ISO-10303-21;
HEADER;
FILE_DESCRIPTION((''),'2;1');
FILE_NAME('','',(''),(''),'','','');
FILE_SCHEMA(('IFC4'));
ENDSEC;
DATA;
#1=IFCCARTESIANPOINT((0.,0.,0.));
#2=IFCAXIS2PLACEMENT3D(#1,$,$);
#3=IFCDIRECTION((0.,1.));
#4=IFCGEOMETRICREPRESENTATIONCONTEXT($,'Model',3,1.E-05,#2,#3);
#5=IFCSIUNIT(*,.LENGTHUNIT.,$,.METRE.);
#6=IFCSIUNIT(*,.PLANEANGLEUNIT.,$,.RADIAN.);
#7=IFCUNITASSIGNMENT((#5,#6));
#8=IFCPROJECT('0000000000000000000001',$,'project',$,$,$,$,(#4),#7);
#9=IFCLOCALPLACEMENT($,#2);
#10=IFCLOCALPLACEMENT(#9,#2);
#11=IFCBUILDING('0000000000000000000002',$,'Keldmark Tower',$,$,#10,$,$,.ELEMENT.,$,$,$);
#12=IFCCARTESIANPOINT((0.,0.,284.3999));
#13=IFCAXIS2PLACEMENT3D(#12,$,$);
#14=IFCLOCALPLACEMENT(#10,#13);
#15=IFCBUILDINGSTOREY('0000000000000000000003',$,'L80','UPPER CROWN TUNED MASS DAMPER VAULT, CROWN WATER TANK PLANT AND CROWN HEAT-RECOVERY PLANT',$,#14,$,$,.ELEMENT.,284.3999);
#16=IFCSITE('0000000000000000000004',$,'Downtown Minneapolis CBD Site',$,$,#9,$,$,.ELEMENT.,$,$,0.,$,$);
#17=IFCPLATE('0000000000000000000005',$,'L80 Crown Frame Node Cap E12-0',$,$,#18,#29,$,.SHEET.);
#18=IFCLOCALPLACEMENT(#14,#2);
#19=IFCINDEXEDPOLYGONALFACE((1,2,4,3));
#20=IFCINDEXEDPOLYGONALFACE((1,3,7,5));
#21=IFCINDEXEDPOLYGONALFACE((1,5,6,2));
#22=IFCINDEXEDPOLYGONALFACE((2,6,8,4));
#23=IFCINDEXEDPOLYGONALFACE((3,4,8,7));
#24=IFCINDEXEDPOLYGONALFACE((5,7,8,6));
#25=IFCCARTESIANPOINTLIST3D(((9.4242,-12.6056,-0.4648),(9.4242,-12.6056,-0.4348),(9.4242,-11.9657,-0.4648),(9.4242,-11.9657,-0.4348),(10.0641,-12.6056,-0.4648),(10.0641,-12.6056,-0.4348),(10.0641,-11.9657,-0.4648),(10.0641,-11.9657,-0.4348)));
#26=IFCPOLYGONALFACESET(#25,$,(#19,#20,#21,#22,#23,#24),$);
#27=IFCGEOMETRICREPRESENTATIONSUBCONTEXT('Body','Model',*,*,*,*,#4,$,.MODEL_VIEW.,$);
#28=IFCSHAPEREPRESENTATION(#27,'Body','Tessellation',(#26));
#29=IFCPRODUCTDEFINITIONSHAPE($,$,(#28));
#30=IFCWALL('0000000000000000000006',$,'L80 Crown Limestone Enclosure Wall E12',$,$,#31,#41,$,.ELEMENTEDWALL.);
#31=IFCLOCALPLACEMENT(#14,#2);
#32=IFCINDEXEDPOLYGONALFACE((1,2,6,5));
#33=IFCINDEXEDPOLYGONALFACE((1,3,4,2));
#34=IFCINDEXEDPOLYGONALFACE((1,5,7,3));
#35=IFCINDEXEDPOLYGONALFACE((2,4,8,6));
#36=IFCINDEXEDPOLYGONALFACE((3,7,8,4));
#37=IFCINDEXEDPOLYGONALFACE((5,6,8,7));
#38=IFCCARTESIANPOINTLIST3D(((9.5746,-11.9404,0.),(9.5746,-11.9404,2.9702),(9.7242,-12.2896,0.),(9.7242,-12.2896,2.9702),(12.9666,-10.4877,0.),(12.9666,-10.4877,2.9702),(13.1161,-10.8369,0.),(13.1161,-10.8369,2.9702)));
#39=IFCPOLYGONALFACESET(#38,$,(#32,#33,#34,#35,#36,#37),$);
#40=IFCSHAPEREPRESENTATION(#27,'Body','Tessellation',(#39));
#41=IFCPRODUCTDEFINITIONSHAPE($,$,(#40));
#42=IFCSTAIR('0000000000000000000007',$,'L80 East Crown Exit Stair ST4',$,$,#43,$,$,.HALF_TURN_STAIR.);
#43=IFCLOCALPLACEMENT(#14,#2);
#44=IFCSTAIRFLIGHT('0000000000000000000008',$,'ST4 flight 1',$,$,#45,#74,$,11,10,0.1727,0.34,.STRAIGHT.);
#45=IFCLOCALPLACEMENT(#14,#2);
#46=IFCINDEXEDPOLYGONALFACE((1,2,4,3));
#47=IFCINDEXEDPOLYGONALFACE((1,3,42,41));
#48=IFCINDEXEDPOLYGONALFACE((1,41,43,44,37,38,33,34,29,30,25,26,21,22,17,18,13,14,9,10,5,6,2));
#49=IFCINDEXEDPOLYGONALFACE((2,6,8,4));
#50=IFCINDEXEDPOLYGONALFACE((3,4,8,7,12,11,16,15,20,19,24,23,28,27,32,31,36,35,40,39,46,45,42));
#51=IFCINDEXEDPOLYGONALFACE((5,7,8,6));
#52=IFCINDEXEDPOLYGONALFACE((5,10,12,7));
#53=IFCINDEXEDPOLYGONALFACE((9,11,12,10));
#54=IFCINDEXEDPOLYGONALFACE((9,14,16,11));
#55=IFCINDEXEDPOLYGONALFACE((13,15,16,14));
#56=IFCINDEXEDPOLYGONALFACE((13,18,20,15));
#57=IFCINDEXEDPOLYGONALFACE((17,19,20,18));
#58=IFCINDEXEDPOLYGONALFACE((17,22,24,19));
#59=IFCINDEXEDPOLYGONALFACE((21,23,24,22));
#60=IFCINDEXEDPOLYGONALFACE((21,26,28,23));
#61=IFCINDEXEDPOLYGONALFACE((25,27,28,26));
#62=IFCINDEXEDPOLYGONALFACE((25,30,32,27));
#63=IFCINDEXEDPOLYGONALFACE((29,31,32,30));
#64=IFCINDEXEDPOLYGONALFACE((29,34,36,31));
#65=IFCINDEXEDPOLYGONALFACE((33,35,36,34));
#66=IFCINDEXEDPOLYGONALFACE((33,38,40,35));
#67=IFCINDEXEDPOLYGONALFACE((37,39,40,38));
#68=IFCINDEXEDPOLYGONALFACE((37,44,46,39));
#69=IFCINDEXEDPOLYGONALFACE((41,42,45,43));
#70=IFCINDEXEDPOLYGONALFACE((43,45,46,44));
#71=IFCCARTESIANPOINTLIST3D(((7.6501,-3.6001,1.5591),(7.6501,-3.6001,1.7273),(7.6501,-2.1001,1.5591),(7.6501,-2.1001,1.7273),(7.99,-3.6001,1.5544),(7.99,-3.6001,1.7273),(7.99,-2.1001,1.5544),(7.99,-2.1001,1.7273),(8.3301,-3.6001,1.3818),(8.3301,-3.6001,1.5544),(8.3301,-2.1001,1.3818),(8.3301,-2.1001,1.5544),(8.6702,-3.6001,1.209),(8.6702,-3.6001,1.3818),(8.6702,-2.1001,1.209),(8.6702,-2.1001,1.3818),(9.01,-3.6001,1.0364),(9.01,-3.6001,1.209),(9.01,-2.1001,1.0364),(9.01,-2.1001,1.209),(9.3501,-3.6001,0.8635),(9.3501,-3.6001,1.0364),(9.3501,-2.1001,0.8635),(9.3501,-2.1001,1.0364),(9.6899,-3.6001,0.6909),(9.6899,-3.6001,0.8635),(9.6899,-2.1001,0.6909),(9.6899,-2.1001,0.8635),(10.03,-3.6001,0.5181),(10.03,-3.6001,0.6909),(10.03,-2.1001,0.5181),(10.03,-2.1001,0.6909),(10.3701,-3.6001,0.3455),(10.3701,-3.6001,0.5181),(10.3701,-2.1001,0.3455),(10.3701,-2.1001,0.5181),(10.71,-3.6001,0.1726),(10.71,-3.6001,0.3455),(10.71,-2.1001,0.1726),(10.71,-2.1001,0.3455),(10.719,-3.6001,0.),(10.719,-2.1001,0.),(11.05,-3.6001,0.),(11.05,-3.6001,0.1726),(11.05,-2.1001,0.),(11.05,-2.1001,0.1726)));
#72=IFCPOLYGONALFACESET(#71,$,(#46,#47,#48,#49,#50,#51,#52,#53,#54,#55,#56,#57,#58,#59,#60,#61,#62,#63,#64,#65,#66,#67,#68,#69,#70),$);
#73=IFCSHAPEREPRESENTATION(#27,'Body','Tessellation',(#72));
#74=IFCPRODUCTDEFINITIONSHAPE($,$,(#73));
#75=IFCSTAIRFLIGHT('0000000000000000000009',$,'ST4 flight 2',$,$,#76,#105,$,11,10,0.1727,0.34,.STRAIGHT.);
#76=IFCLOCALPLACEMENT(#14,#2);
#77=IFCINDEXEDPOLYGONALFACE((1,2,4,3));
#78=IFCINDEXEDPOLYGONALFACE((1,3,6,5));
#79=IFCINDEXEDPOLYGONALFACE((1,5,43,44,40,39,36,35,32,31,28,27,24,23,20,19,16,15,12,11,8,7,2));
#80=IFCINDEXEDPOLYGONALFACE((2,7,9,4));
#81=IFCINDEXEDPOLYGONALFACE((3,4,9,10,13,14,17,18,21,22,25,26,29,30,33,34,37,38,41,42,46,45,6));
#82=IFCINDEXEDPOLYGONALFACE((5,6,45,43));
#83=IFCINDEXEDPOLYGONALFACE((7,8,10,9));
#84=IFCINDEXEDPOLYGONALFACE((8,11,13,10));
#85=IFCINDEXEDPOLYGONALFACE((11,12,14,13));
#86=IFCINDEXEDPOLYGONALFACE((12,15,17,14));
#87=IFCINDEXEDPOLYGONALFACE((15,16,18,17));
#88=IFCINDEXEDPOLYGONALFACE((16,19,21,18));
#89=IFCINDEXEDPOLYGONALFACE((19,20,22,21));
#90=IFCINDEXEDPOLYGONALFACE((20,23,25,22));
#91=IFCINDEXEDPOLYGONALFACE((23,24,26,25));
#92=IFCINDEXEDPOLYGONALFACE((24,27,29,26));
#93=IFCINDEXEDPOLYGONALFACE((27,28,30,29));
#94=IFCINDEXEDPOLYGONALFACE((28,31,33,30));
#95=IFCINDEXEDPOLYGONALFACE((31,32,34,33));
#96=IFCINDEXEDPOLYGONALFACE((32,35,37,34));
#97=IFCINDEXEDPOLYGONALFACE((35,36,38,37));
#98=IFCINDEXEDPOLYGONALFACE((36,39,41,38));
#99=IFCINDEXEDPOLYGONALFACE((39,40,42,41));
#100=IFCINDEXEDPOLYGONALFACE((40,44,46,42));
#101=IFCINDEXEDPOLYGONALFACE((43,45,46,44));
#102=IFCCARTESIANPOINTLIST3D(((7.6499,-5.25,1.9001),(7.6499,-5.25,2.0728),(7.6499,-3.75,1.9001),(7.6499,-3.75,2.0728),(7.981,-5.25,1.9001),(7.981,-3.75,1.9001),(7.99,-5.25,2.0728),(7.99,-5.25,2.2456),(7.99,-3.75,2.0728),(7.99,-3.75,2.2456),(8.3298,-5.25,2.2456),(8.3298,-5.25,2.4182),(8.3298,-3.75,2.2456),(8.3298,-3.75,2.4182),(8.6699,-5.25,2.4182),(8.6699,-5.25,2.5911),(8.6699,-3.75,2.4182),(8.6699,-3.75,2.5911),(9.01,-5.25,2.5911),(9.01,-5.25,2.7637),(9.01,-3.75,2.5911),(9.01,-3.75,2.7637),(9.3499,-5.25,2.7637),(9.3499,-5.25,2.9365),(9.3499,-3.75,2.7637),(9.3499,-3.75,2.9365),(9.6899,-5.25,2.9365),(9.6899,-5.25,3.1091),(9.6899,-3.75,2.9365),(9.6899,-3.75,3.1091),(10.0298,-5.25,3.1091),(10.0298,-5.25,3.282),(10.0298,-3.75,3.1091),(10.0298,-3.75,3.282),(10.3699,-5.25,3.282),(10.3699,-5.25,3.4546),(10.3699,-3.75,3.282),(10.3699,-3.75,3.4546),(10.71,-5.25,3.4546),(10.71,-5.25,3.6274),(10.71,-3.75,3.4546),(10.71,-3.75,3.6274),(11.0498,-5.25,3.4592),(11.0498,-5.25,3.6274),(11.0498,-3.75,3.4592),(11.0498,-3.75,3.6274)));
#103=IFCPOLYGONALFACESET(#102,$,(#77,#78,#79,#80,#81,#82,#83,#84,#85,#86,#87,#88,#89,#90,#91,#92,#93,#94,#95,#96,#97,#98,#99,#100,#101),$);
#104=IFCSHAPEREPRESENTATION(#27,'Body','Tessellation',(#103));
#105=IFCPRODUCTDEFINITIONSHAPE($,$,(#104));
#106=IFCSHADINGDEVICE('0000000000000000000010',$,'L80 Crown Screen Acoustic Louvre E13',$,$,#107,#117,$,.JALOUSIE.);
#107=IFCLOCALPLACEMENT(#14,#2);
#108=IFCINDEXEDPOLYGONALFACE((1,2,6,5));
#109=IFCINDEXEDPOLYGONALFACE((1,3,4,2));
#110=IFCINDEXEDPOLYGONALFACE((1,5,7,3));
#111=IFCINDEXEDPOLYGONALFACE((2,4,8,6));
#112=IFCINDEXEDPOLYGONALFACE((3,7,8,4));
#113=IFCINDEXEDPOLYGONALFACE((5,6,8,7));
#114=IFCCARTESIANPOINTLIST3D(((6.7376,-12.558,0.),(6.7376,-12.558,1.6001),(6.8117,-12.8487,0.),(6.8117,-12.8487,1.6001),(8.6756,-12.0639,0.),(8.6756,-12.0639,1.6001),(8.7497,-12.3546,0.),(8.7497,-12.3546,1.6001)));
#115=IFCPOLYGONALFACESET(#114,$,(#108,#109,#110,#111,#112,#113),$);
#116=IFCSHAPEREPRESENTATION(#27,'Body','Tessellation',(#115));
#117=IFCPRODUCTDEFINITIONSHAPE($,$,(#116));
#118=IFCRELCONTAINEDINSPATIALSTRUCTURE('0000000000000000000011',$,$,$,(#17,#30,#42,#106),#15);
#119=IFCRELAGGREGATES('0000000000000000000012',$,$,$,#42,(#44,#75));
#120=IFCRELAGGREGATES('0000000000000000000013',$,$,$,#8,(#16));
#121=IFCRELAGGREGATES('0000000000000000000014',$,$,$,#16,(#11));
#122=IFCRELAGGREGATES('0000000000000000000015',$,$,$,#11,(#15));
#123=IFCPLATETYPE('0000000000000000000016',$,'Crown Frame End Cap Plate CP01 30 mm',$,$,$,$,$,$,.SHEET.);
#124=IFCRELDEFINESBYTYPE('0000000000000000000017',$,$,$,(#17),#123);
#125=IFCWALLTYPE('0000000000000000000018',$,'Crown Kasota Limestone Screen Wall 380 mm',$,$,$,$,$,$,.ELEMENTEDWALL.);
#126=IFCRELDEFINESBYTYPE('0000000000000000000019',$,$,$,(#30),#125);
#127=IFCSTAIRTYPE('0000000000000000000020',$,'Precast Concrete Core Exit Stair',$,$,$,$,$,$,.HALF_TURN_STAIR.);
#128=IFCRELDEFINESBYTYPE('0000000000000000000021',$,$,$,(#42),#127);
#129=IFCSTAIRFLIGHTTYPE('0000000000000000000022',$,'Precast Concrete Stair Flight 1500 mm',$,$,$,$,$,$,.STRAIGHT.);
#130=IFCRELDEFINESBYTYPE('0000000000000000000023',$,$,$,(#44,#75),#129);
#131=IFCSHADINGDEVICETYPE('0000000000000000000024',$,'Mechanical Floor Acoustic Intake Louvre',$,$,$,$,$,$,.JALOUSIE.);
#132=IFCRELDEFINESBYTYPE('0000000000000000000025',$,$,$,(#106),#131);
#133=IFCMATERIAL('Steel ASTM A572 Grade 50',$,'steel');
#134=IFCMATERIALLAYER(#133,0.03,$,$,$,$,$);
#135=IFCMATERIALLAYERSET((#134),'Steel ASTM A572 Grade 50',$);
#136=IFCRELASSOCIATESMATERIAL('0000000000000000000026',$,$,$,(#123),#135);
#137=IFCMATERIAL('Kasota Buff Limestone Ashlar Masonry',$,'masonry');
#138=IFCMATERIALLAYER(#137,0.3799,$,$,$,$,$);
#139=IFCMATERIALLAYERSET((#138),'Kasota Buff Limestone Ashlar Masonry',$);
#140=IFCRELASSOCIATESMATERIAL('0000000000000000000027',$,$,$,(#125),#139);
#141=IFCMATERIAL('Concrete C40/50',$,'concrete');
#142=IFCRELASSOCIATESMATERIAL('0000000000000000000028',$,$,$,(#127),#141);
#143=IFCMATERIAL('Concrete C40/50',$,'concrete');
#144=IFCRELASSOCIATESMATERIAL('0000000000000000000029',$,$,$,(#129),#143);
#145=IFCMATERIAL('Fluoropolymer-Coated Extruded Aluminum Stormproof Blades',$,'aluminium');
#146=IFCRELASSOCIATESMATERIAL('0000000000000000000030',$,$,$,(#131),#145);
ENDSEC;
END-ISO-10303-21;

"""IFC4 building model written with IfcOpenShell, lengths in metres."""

from ifc_helpers import new_model, si_unit, direction, frame, frame_2d, origin, origin_2d, place, context, subcontext, project, spatial, polyline, rectangle, outline, extrude, material, layer, layer_set, type_object, element, aggregate, save


model = new_model("IFC4")

# Units and contexts
model_context = context("Model", 3, precision=1e-05, world=origin(), true_north=direction((0.0, 1.0)))
body_context = subcontext(model_context, "Body", "Model", "MODEL_VIEW")
ifc_project = project(units=[si_unit("LENGTHUNIT", "METRE"), si_unit("PLANEANGLEUNIT", "RADIAN")], contexts=[model_context])

# Site, building, storey
site_placement = place(None, origin())
site = spatial("IfcSite", under=ifc_project, at=site_placement, Name="Downtown Minneapolis CBD Site", CompositionType="ELEMENT", RefElevation=0.0)
building_placement = place(site_placement, origin())
building = spatial("IfcBuilding", under=site, at=building_placement, Name="Keldmark Tower", CompositionType="ELEMENT")
storey_placement = place(building_placement, frame((0.0, 0.0, 284.3999)))
storey = spatial("IfcBuildingStorey", under=building, at=storey_placement, Name="L80", Description="UPPER CROWN TUNED MASS DAMPER VAULT, CROWN WATER TANK PLANT AND CROWN HEAT-RECOVERY PLANT", CompositionType="ELEMENT", Elevation=284.3999)

# Plate
ifc_material_1 = material(Name="Steel ASTM A572 Grade 50", Category="steel")
ifc_layer_1 = layer(ifc_material_1, 0.03)
ifc_layer_set_1 = layer_set([ifc_layer_1], Name="Steel ASTM A572 Grade 50")
plate_type_1 = type_object("IfcPlateType", Name="Crown Frame End Cap Plate CP01 30 mm", PredefinedType="SHEET", material=ifc_layer_set_1)
plate_1_placement = place(storey_placement, frame((9.7441, -12.2856, -0.4648), z_axis=(0.0, 0.0, 1.0), x_axis=(1.0, 0.0, 0.0)))
element("IfcPlate", 1, at=plate_1_placement, inside=storey, type_object=plate_type_1, Name="L80 Crown Frame Node Cap E12-0", PredefinedType="SHEET", context=body_context, shape_type="SweptSolid", body=[
    extrude(rectangle(XDim=0.6399, YDim=0.6399, at=origin_2d()), origin(), (0.0, 0.0, 1.0), 0.03),
])

# Wall
ifc_material_2 = material(Name="Kasota Buff Limestone Ashlar Masonry", Category="masonry")
ifc_layer_2 = layer(ifc_material_2, 0.3799)
ifc_layer_set_2 = layer_set([ifc_layer_2], Name="Kasota Buff Limestone Ashlar Masonry")
wall_type = type_object("IfcWallType", Name="Crown Kasota Limestone Screen Wall 380 mm", PredefinedType="ELEMENTEDWALL", material=ifc_layer_set_2)
wall_placement = place(storey_placement, frame((9.6494, -12.115, 0.0), z_axis=(0.0, 0.0, 1.0), x_axis=(0.919244, 0.393688, 0.0)))
element("IfcWall", 2, at=wall_placement, inside=storey, type_object=wall_type, Name="L80 Crown Limestone Enclosure Wall E12", PredefinedType="ELEMENTEDWALL", context=body_context, shape_type="SweptSolid", body=[
    extrude(rectangle(XDim=3.6899, YDim=0.3799, at=frame_2d((1.845, 0.0))), origin(), (0.0, 0.0, 1.0), 2.9702),
])

# Stair, stair flights
ifc_material_3 = material(Name="Concrete C40/50", Category="concrete")
stair_type = type_object("IfcStairType", Name="Precast Concrete Core Exit Stair", PredefinedType="HALF_TURN_STAIR", material=ifc_material_3)
stair_placement = place(storey_placement, origin())
stair = element("IfcStair", 3, at=stair_placement, inside=storey, type_object=stair_type, Name="L80 East Crown Exit Stair ST4", PredefinedType="HALF_TURN_STAIR")
ifc_material_4 = material(Name="Concrete C40/50", Category="concrete")
stair_flight_type = type_object("IfcStairFlightType", Name="Precast Concrete Stair Flight 1500 mm", PredefinedType="STRAIGHT", material=ifc_material_4)
stair_flight_1_placement = place(storey_placement, frame((11.05, -2.8501, 0.0), z_axis=(0.0, 0.0, 1.0), x_axis=(-1.0, 0.0, 0.0)))
stair_flight_1 = element("IfcStairFlight", 4, at=stair_flight_1_placement, type_object=stair_flight_type, Name="ST4 flight 1", NumberOfRisers=11, NumberOfTreads=10, PredefinedType="STRAIGHT", RiserHeight=0.1727, TreadLength=0.34, context=body_context, shape_type="SweptSolid", body=[
    extrude(outline(polyline([(0.0, 0.0), (0.0, 0.1726), (0.3401, 0.1726), (0.3401, 0.3455), (0.6799, 0.3455), (0.6799, 0.5181), (1.02, 0.5181), (1.02, 0.6909), (1.3601, 0.6909), (1.3601, 0.8635), (1.7, 0.8635), (1.7, 1.0364), (2.04, 1.0364), (2.04, 1.209), (2.3799, 1.209), (2.3799, 1.3818), (2.72, 1.3818), (2.72, 1.5544), (3.0601, 1.5544), (3.0601, 1.7273), (3.3999, 1.7273), (3.3999, 1.8999), (3.3999, 1.5591), (0.3311, 0.0), (0.0, 0.0)])), frame((0.0, 0.75, 0.0), z_axis=(0.0, -1.0, 0.0), x_axis=(1.0, 0.0, 0.0)), (0.0, 0.0, 1.0), 1.5),
])
stair_flight_2_placement = place(storey_placement, frame((7.6499, -4.5, 1.9001), z_axis=(0.0, 0.0, 1.0), x_axis=(1.0, 0.0, 0.0)))
stair_flight_2 = element("IfcStairFlight", 5, at=stair_flight_2_placement, type_object=stair_flight_type, Name="ST4 flight 2", NumberOfRisers=11, NumberOfTreads=10, PredefinedType="STRAIGHT", RiserHeight=0.1727, TreadLength=0.34, context=body_context, shape_type="SweptSolid", body=[
    extrude(outline(polyline([(0.0, 0.0), (0.0, 0.1726), (0.3401, 0.1726), (0.3401, 0.3455), (0.6799, 0.3455), (0.6799, 0.5181), (1.02, 0.5181), (1.02, 0.6909), (1.3601, 0.6909), (1.3601, 0.8635), (1.7, 0.8635), (1.7, 1.0364), (2.04, 1.0364), (2.04, 1.209), (2.3799, 1.209), (2.3799, 1.3818), (2.72, 1.3818), (2.72, 1.5544), (3.0601, 1.5544), (3.0601, 1.7273), (3.3999, 1.7273), (3.3999, 1.8999), (3.3999, 1.5591), (0.3311, 0.0), (0.0, 0.0)])), frame((0.0, 0.75, 0.0), z_axis=(0.0, -1.0, 0.0), x_axis=(1.0, 0.0, 0.0)), (0.0, 0.0, 1.0), 1.5),
])
aggregate(stair, [stair_flight_1, stair_flight_2])

# Shading device
ifc_material_5 = material(Name="Fluoropolymer-Coated Extruded Aluminum Stormproof Blades", Category="aluminium")
shading_device_type = type_object("IfcShadingDeviceType", Name="Mechanical Floor Acoustic Intake Louvre", PredefinedType="JALOUSIE", material=ifc_material_5)
shading_device_placement = place(storey_placement, frame((7.7437, -12.4563, 0.0), z_axis=(0.0, 0.0, 1.0), x_axis=(0.968998, 0.247067, 0.0)))
element("IfcShadingDevice", 6, at=shading_device_placement, inside=storey, type_object=shading_device_type, Name="L80 Crown Screen Acoustic Louvre E13", PredefinedType="JALOUSIE", context=body_context, shape_type="SweptSolid", body=[
    extrude(rectangle(XDim=2.0, YDim=0.3, at=origin_2d()), origin(), (0.0, 0.0, 1.0), 1.6001),
])

save(model, "model.ifc")
